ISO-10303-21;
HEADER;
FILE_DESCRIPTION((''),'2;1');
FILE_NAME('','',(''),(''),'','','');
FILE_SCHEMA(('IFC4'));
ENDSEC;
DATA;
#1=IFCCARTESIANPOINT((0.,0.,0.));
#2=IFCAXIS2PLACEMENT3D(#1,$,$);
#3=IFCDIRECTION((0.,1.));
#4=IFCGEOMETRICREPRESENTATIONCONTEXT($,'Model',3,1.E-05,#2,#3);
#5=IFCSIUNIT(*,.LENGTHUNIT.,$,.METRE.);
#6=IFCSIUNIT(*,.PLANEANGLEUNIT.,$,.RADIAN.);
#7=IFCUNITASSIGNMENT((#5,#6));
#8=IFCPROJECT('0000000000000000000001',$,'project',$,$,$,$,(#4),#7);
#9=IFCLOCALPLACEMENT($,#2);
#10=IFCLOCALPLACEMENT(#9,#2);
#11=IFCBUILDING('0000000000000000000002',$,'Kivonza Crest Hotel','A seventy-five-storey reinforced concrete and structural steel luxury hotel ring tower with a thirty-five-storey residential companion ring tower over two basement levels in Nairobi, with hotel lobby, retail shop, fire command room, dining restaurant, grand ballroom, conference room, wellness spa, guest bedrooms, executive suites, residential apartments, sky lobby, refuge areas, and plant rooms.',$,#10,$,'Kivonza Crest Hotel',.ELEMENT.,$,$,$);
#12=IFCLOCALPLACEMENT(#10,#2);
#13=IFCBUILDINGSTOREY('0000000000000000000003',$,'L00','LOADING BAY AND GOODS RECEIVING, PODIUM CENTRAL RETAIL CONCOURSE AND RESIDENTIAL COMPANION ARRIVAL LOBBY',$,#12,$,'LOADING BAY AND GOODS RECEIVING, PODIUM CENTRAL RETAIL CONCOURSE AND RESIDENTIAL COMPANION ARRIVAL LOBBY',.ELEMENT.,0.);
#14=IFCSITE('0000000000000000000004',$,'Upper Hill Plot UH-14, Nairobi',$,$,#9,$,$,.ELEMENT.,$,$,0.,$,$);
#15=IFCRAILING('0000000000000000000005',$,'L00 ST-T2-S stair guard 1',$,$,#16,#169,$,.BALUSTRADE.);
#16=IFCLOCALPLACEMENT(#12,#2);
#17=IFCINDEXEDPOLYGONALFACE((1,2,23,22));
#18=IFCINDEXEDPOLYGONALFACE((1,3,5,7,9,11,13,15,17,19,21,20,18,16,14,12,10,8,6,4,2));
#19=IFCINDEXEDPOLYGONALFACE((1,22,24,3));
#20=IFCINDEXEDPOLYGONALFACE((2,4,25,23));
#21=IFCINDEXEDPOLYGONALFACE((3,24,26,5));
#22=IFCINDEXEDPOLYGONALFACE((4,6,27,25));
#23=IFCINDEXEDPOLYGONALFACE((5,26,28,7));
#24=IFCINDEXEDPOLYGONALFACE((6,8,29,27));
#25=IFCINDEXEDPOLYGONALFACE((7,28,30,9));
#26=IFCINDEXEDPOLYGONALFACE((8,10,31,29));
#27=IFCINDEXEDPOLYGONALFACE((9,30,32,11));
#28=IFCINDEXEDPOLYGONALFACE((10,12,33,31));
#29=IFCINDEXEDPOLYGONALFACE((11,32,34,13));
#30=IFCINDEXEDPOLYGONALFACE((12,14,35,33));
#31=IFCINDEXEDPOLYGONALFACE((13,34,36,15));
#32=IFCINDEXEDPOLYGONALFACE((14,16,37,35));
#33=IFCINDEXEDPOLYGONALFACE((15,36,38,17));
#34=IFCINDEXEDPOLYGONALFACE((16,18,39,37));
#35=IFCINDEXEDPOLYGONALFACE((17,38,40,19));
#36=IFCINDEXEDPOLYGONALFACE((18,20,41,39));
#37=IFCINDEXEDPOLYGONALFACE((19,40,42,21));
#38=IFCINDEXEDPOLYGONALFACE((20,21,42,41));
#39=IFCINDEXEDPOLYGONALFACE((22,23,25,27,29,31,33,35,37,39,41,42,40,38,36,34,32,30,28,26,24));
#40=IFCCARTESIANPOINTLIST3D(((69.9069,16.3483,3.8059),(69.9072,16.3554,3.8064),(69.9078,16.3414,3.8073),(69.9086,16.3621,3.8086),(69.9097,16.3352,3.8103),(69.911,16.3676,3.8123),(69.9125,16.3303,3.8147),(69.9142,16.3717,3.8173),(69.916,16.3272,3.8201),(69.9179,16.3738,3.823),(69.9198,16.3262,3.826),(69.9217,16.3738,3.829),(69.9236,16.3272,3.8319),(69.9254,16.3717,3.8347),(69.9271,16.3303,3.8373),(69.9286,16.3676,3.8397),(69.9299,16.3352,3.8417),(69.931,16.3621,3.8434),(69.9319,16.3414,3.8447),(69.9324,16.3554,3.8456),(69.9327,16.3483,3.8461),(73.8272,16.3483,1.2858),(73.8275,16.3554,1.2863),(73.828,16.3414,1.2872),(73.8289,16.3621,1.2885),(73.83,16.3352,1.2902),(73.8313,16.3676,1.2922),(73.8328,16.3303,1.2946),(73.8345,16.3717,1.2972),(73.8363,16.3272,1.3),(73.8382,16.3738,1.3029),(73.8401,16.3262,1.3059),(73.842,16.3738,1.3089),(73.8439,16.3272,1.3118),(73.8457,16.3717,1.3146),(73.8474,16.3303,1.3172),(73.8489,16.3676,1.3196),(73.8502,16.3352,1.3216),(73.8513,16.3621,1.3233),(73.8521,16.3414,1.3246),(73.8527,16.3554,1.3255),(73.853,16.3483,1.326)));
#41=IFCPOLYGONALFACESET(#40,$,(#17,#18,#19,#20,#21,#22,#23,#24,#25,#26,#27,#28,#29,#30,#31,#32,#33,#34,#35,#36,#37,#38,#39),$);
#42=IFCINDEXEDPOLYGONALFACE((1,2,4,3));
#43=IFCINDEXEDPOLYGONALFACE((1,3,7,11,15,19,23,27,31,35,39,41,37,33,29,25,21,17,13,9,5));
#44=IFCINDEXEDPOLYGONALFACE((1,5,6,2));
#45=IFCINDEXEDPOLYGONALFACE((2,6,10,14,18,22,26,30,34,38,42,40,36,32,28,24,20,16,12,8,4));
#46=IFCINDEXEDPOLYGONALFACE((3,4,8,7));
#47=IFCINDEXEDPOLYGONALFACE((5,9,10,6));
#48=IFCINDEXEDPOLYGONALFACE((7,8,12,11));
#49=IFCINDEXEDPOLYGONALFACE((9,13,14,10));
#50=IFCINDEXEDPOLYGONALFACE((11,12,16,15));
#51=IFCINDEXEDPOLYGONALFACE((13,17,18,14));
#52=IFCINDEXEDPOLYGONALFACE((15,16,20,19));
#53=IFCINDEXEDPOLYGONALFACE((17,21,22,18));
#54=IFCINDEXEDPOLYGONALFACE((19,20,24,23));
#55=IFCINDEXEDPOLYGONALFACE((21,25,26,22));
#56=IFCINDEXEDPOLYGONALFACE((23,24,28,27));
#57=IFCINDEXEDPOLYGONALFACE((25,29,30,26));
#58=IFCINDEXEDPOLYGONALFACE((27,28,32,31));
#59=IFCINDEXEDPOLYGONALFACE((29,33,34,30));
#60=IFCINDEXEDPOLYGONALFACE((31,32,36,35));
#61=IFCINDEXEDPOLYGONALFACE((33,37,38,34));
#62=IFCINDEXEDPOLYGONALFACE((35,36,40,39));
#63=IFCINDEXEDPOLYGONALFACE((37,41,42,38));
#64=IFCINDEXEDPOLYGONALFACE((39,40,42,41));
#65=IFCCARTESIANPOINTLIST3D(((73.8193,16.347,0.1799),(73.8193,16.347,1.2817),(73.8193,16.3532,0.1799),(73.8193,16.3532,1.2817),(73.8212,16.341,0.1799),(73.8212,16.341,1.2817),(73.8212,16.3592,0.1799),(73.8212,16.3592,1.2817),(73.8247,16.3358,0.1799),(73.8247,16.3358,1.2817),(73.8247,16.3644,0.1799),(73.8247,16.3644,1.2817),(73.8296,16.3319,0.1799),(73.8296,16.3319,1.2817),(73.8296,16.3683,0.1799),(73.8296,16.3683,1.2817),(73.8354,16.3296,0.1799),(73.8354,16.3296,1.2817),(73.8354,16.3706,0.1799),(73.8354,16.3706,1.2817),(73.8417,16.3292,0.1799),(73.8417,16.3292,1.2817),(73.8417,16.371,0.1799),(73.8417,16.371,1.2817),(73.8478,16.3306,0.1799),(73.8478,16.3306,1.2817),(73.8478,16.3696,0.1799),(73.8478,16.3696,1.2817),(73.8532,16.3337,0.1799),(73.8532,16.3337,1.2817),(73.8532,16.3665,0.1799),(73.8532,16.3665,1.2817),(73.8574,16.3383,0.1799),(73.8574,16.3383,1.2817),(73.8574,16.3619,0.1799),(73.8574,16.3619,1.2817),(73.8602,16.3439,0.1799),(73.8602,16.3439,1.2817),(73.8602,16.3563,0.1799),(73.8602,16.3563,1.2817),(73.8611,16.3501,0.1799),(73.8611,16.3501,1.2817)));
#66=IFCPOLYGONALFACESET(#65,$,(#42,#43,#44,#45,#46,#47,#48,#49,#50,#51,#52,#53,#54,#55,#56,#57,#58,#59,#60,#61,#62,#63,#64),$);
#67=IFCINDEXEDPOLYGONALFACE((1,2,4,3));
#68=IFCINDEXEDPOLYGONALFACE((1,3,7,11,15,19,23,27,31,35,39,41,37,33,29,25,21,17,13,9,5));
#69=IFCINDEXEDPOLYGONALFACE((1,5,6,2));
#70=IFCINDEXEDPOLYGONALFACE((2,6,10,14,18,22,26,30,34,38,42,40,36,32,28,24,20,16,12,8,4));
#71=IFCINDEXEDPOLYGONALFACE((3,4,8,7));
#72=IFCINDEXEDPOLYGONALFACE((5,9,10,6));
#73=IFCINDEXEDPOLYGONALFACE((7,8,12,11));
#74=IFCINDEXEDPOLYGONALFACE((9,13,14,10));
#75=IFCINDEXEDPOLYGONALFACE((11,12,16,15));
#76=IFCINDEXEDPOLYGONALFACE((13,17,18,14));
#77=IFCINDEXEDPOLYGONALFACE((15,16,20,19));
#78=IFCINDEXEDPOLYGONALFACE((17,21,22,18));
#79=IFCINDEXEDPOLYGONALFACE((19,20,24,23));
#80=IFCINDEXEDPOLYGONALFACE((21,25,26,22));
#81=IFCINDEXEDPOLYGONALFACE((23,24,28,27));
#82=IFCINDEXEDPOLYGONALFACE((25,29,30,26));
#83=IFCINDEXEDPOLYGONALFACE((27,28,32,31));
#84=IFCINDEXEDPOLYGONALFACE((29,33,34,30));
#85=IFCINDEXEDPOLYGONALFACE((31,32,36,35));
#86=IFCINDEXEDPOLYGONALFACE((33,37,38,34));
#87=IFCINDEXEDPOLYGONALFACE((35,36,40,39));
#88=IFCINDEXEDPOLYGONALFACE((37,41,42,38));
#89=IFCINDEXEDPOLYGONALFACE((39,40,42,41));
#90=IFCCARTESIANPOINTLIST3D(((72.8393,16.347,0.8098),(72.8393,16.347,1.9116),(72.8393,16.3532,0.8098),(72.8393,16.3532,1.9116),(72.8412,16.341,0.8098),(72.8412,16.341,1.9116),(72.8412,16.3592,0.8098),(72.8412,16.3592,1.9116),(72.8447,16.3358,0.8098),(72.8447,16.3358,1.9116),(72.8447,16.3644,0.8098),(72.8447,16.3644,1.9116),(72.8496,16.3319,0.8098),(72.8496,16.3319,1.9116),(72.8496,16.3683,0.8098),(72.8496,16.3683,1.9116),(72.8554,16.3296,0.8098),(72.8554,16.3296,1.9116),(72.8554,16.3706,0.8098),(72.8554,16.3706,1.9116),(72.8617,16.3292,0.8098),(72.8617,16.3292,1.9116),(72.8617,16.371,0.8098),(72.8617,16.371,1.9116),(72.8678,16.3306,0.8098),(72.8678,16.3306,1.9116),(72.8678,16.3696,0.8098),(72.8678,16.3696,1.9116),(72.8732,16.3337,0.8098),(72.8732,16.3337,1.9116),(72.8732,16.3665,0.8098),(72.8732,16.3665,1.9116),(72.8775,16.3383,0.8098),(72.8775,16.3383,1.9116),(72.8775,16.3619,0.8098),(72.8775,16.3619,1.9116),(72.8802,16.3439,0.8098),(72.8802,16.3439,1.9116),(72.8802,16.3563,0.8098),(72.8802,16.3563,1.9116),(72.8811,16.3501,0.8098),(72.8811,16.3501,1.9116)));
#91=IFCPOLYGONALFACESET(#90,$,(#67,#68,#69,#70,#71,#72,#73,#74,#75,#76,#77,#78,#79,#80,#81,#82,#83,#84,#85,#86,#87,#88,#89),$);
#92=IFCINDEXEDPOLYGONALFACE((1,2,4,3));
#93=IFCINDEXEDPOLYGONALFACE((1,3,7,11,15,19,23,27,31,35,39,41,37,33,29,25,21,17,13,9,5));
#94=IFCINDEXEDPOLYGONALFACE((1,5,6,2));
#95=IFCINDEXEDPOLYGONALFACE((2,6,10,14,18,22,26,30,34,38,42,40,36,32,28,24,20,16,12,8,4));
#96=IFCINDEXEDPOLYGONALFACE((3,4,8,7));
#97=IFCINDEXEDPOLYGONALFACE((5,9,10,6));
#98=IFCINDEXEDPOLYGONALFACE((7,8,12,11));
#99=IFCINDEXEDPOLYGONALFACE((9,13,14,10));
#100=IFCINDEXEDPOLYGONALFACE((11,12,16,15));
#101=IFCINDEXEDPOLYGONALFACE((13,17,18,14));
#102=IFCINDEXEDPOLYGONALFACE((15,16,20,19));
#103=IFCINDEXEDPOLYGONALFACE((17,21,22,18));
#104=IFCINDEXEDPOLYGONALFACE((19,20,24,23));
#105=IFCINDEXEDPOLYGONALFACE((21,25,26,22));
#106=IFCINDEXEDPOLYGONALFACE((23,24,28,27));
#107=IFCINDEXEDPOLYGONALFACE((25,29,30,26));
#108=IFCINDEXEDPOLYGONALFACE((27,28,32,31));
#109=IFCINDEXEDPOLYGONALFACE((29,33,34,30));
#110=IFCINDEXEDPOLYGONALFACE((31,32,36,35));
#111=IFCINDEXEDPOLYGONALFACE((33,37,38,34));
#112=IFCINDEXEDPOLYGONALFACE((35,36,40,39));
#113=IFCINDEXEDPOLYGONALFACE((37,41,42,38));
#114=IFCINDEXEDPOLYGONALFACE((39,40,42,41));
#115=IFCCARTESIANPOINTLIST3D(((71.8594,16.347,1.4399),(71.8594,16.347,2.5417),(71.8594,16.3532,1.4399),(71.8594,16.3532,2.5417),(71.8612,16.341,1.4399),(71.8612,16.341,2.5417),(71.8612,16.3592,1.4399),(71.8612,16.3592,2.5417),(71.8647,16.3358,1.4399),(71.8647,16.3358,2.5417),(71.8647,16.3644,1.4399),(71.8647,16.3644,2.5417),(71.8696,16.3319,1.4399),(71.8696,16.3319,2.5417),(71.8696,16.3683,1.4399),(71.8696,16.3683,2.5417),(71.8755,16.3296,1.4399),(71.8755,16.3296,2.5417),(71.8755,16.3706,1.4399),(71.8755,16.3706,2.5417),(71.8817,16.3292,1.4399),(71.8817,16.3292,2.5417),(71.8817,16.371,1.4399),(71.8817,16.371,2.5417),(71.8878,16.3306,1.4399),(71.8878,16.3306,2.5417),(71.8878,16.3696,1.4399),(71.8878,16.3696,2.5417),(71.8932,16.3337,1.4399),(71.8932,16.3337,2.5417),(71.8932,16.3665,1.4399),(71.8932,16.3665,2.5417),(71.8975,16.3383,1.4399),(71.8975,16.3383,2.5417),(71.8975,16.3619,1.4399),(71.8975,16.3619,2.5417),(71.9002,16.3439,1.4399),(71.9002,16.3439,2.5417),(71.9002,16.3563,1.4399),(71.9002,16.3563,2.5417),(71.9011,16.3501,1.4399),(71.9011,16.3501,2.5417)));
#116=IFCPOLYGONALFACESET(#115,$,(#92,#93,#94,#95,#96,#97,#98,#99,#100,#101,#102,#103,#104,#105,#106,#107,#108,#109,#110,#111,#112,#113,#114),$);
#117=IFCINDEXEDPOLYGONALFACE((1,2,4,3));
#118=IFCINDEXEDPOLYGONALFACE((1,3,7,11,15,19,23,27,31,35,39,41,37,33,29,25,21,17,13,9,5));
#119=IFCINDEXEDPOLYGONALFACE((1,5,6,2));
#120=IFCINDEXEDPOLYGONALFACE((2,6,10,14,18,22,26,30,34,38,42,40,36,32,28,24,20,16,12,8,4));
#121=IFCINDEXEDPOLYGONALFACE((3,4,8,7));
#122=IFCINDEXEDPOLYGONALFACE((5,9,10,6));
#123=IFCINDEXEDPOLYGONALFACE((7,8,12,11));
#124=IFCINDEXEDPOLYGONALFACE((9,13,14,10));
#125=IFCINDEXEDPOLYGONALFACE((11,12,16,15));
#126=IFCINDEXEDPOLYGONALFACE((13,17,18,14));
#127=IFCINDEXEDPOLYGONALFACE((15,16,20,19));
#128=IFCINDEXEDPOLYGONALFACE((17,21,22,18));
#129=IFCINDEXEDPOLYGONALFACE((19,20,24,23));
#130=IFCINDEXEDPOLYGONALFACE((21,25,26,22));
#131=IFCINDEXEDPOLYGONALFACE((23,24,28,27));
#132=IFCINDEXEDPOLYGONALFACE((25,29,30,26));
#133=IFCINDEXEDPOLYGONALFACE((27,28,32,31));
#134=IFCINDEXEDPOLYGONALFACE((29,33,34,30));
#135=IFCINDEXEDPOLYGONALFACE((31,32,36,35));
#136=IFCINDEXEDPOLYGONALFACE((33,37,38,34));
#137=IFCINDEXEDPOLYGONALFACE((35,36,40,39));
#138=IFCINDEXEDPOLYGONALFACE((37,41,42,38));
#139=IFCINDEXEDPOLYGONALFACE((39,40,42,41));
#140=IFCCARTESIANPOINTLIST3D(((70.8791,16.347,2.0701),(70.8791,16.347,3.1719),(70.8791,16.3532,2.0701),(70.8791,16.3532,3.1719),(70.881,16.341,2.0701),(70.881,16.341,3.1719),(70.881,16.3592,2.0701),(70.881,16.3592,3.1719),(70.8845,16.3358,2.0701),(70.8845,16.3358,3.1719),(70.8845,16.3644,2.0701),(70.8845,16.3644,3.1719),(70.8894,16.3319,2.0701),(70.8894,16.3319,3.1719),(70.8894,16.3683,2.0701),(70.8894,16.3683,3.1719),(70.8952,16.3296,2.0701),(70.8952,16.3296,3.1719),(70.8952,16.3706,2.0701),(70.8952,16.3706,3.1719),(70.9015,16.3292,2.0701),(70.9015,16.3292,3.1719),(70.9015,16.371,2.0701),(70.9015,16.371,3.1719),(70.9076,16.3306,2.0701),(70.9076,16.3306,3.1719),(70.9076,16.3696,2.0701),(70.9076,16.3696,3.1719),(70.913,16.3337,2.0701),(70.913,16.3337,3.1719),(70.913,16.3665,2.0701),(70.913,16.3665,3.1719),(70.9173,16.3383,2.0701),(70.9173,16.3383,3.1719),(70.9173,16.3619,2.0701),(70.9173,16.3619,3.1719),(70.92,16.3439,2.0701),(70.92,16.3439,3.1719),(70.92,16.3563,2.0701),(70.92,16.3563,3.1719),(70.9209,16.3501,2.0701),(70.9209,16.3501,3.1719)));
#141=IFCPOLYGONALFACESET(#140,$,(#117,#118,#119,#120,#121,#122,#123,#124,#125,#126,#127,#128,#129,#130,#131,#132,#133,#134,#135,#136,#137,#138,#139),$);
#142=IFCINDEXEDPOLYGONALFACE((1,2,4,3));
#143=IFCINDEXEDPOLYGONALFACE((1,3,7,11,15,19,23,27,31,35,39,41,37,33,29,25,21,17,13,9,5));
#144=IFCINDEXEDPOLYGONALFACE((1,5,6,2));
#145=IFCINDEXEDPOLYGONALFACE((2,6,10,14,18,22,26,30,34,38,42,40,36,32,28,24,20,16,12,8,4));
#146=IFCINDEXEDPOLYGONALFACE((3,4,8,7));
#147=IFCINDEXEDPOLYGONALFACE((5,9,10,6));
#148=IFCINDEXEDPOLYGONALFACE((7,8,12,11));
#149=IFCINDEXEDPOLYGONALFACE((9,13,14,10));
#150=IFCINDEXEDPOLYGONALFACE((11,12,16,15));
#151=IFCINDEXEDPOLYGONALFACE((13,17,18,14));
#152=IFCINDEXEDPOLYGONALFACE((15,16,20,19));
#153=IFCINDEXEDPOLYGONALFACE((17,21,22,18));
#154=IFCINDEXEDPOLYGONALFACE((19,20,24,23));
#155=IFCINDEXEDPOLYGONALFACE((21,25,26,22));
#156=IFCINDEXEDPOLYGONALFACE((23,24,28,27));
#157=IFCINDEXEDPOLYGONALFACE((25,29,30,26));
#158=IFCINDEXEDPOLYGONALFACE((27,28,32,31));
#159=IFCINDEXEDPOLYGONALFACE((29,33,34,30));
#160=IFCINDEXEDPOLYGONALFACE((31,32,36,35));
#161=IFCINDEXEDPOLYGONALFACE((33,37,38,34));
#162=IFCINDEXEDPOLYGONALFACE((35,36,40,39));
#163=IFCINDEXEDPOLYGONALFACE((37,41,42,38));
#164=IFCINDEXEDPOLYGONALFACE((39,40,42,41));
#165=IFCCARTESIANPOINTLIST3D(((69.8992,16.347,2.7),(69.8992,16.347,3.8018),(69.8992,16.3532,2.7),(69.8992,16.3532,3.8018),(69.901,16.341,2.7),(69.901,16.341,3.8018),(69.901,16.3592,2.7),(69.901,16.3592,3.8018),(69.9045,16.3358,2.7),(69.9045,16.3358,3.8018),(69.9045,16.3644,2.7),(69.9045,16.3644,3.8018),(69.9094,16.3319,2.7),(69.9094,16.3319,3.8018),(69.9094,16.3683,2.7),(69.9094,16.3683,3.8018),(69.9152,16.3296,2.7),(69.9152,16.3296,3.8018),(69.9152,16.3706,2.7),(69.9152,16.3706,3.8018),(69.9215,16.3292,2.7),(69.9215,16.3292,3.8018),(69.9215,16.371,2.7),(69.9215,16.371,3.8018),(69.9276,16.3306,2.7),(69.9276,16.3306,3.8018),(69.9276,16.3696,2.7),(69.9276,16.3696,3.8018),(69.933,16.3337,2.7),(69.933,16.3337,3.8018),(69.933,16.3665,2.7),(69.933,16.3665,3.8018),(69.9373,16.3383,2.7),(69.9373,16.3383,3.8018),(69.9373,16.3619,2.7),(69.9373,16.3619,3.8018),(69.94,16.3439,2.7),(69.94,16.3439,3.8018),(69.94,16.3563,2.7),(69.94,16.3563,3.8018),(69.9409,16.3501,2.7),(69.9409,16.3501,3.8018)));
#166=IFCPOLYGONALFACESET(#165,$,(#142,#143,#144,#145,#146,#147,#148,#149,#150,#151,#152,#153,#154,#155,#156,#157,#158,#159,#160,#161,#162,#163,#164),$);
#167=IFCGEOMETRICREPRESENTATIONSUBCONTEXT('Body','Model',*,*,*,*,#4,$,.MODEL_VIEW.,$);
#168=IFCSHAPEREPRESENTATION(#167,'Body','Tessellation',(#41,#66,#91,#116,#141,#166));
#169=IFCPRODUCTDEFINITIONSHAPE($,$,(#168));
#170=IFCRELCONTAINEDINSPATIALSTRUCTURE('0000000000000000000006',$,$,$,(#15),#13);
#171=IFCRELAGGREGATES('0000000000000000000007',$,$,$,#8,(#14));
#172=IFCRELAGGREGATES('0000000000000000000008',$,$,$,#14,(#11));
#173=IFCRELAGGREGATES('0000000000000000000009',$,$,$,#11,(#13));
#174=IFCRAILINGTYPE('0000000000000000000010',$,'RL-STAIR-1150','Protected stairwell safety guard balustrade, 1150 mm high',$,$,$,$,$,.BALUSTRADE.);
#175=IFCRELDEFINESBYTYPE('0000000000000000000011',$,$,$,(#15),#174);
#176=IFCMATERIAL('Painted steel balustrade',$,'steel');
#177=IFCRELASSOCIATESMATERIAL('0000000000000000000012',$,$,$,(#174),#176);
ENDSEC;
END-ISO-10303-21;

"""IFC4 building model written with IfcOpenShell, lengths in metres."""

from ifc_helpers import new_model, si_unit, direction, frame, origin, origin_2d, place, context, subcontext, project, spatial, circle, extrude, material, type_object, element, save


model = new_model("IFC4")

# Units and contexts
model_context = context("Model", 3, precision=1e-05, world=origin(), true_north=direction((0.0, 1.0)))
body_context = subcontext(model_context, "Body", "Model", "MODEL_VIEW")
ifc_project = project(units=[si_unit("LENGTHUNIT", "METRE"), si_unit("PLANEANGLEUNIT", "RADIAN")], contexts=[model_context])

# Site, building, storey
site_placement = place(None, origin())
site = spatial("IfcSite", under=ifc_project, at=site_placement, Name="Upper Hill Plot UH-14, Nairobi", CompositionType="ELEMENT", RefElevation=0.0)
building_placement = place(site_placement, origin())
building = spatial("IfcBuilding", under=site, at=building_placement, Name="Kivonza Crest Hotel", Description="A seventy-five-storey reinforced concrete and structural steel luxury hotel ring tower with a thirty-five-storey residential companion ring tower over two basement levels in Nairobi, with hotel lobby, retail shop, fire command room, dining restaurant, grand ballroom, conference room, wellness spa, guest bedrooms, executive suites, residential apartments, sky lobby, refuge areas, and plant rooms.", LongName="Kivonza Crest Hotel", CompositionType="ELEMENT")
storey_placement = place(building_placement, origin())
storey = spatial("IfcBuildingStorey", under=building, at=storey_placement, Name="L00", Description="LOADING BAY AND GOODS RECEIVING, PODIUM CENTRAL RETAIL CONCOURSE AND RESIDENTIAL COMPANION ARRIVAL LOBBY", LongName="LOADING BAY AND GOODS RECEIVING, PODIUM CENTRAL RETAIL CONCOURSE AND RESIDENTIAL COMPANION ARRIVAL LOBBY", CompositionType="ELEMENT", Elevation=0.0)

# Railing
ifc_material_1 = material(Name="Painted steel balustrade", Category="steel")
railing_type_1 = type_object("IfcRailingType", Name="RL-STAIR-1150", Description="Protected stairwell safety guard balustrade, 1150 mm high", PredefinedType="BALUSTRADE", material=ifc_material_1)
railing_1_placement = place(storey_placement, frame((73.8401, 16.3501, 0.1799)))
element("IfcRailing", 1, at=railing_1_placement, inside=storey, type_object=railing_type_1, Name="L00 ST-T2-S stair guard 1", PredefinedType="BALUSTRADE", context=body_context, shape_type="SweptSolid", body=[
    extrude(circle(Radius=0.0239, at=origin_2d()), frame((0.0, 0.0, 1.126), z_axis=(-0.841187, 0.0, 0.540744), x_axis=(0.0, -1.0, 0.0)), (0.0, 0.0, 1.0), 4.6604),
    extrude(circle(Radius=0.021, at=origin_2d()), origin(), (0.0, 0.0, 1.0), 1.1018),
    extrude(circle(Radius=0.021, at=origin_2d()), frame((-0.98, 0.0, 0.6299)), (0.0, 0.0, 1.0), 1.1018),
    extrude(circle(Radius=0.021, at=origin_2d()), frame((-1.96, 0.0, 1.26)), (0.0, 0.0, 1.0), 1.1018),
    extrude(circle(Radius=0.021, at=origin_2d()), frame((-2.9402, 0.0, 1.8901)), (0.0, 0.0, 1.0), 1.1018),
    extrude(circle(Radius=0.021, at=origin_2d()), frame((-3.9202, 0.0, 2.52)), (0.0, 0.0, 1.0), 1.1018),
])

save(model, "model.ifc")
